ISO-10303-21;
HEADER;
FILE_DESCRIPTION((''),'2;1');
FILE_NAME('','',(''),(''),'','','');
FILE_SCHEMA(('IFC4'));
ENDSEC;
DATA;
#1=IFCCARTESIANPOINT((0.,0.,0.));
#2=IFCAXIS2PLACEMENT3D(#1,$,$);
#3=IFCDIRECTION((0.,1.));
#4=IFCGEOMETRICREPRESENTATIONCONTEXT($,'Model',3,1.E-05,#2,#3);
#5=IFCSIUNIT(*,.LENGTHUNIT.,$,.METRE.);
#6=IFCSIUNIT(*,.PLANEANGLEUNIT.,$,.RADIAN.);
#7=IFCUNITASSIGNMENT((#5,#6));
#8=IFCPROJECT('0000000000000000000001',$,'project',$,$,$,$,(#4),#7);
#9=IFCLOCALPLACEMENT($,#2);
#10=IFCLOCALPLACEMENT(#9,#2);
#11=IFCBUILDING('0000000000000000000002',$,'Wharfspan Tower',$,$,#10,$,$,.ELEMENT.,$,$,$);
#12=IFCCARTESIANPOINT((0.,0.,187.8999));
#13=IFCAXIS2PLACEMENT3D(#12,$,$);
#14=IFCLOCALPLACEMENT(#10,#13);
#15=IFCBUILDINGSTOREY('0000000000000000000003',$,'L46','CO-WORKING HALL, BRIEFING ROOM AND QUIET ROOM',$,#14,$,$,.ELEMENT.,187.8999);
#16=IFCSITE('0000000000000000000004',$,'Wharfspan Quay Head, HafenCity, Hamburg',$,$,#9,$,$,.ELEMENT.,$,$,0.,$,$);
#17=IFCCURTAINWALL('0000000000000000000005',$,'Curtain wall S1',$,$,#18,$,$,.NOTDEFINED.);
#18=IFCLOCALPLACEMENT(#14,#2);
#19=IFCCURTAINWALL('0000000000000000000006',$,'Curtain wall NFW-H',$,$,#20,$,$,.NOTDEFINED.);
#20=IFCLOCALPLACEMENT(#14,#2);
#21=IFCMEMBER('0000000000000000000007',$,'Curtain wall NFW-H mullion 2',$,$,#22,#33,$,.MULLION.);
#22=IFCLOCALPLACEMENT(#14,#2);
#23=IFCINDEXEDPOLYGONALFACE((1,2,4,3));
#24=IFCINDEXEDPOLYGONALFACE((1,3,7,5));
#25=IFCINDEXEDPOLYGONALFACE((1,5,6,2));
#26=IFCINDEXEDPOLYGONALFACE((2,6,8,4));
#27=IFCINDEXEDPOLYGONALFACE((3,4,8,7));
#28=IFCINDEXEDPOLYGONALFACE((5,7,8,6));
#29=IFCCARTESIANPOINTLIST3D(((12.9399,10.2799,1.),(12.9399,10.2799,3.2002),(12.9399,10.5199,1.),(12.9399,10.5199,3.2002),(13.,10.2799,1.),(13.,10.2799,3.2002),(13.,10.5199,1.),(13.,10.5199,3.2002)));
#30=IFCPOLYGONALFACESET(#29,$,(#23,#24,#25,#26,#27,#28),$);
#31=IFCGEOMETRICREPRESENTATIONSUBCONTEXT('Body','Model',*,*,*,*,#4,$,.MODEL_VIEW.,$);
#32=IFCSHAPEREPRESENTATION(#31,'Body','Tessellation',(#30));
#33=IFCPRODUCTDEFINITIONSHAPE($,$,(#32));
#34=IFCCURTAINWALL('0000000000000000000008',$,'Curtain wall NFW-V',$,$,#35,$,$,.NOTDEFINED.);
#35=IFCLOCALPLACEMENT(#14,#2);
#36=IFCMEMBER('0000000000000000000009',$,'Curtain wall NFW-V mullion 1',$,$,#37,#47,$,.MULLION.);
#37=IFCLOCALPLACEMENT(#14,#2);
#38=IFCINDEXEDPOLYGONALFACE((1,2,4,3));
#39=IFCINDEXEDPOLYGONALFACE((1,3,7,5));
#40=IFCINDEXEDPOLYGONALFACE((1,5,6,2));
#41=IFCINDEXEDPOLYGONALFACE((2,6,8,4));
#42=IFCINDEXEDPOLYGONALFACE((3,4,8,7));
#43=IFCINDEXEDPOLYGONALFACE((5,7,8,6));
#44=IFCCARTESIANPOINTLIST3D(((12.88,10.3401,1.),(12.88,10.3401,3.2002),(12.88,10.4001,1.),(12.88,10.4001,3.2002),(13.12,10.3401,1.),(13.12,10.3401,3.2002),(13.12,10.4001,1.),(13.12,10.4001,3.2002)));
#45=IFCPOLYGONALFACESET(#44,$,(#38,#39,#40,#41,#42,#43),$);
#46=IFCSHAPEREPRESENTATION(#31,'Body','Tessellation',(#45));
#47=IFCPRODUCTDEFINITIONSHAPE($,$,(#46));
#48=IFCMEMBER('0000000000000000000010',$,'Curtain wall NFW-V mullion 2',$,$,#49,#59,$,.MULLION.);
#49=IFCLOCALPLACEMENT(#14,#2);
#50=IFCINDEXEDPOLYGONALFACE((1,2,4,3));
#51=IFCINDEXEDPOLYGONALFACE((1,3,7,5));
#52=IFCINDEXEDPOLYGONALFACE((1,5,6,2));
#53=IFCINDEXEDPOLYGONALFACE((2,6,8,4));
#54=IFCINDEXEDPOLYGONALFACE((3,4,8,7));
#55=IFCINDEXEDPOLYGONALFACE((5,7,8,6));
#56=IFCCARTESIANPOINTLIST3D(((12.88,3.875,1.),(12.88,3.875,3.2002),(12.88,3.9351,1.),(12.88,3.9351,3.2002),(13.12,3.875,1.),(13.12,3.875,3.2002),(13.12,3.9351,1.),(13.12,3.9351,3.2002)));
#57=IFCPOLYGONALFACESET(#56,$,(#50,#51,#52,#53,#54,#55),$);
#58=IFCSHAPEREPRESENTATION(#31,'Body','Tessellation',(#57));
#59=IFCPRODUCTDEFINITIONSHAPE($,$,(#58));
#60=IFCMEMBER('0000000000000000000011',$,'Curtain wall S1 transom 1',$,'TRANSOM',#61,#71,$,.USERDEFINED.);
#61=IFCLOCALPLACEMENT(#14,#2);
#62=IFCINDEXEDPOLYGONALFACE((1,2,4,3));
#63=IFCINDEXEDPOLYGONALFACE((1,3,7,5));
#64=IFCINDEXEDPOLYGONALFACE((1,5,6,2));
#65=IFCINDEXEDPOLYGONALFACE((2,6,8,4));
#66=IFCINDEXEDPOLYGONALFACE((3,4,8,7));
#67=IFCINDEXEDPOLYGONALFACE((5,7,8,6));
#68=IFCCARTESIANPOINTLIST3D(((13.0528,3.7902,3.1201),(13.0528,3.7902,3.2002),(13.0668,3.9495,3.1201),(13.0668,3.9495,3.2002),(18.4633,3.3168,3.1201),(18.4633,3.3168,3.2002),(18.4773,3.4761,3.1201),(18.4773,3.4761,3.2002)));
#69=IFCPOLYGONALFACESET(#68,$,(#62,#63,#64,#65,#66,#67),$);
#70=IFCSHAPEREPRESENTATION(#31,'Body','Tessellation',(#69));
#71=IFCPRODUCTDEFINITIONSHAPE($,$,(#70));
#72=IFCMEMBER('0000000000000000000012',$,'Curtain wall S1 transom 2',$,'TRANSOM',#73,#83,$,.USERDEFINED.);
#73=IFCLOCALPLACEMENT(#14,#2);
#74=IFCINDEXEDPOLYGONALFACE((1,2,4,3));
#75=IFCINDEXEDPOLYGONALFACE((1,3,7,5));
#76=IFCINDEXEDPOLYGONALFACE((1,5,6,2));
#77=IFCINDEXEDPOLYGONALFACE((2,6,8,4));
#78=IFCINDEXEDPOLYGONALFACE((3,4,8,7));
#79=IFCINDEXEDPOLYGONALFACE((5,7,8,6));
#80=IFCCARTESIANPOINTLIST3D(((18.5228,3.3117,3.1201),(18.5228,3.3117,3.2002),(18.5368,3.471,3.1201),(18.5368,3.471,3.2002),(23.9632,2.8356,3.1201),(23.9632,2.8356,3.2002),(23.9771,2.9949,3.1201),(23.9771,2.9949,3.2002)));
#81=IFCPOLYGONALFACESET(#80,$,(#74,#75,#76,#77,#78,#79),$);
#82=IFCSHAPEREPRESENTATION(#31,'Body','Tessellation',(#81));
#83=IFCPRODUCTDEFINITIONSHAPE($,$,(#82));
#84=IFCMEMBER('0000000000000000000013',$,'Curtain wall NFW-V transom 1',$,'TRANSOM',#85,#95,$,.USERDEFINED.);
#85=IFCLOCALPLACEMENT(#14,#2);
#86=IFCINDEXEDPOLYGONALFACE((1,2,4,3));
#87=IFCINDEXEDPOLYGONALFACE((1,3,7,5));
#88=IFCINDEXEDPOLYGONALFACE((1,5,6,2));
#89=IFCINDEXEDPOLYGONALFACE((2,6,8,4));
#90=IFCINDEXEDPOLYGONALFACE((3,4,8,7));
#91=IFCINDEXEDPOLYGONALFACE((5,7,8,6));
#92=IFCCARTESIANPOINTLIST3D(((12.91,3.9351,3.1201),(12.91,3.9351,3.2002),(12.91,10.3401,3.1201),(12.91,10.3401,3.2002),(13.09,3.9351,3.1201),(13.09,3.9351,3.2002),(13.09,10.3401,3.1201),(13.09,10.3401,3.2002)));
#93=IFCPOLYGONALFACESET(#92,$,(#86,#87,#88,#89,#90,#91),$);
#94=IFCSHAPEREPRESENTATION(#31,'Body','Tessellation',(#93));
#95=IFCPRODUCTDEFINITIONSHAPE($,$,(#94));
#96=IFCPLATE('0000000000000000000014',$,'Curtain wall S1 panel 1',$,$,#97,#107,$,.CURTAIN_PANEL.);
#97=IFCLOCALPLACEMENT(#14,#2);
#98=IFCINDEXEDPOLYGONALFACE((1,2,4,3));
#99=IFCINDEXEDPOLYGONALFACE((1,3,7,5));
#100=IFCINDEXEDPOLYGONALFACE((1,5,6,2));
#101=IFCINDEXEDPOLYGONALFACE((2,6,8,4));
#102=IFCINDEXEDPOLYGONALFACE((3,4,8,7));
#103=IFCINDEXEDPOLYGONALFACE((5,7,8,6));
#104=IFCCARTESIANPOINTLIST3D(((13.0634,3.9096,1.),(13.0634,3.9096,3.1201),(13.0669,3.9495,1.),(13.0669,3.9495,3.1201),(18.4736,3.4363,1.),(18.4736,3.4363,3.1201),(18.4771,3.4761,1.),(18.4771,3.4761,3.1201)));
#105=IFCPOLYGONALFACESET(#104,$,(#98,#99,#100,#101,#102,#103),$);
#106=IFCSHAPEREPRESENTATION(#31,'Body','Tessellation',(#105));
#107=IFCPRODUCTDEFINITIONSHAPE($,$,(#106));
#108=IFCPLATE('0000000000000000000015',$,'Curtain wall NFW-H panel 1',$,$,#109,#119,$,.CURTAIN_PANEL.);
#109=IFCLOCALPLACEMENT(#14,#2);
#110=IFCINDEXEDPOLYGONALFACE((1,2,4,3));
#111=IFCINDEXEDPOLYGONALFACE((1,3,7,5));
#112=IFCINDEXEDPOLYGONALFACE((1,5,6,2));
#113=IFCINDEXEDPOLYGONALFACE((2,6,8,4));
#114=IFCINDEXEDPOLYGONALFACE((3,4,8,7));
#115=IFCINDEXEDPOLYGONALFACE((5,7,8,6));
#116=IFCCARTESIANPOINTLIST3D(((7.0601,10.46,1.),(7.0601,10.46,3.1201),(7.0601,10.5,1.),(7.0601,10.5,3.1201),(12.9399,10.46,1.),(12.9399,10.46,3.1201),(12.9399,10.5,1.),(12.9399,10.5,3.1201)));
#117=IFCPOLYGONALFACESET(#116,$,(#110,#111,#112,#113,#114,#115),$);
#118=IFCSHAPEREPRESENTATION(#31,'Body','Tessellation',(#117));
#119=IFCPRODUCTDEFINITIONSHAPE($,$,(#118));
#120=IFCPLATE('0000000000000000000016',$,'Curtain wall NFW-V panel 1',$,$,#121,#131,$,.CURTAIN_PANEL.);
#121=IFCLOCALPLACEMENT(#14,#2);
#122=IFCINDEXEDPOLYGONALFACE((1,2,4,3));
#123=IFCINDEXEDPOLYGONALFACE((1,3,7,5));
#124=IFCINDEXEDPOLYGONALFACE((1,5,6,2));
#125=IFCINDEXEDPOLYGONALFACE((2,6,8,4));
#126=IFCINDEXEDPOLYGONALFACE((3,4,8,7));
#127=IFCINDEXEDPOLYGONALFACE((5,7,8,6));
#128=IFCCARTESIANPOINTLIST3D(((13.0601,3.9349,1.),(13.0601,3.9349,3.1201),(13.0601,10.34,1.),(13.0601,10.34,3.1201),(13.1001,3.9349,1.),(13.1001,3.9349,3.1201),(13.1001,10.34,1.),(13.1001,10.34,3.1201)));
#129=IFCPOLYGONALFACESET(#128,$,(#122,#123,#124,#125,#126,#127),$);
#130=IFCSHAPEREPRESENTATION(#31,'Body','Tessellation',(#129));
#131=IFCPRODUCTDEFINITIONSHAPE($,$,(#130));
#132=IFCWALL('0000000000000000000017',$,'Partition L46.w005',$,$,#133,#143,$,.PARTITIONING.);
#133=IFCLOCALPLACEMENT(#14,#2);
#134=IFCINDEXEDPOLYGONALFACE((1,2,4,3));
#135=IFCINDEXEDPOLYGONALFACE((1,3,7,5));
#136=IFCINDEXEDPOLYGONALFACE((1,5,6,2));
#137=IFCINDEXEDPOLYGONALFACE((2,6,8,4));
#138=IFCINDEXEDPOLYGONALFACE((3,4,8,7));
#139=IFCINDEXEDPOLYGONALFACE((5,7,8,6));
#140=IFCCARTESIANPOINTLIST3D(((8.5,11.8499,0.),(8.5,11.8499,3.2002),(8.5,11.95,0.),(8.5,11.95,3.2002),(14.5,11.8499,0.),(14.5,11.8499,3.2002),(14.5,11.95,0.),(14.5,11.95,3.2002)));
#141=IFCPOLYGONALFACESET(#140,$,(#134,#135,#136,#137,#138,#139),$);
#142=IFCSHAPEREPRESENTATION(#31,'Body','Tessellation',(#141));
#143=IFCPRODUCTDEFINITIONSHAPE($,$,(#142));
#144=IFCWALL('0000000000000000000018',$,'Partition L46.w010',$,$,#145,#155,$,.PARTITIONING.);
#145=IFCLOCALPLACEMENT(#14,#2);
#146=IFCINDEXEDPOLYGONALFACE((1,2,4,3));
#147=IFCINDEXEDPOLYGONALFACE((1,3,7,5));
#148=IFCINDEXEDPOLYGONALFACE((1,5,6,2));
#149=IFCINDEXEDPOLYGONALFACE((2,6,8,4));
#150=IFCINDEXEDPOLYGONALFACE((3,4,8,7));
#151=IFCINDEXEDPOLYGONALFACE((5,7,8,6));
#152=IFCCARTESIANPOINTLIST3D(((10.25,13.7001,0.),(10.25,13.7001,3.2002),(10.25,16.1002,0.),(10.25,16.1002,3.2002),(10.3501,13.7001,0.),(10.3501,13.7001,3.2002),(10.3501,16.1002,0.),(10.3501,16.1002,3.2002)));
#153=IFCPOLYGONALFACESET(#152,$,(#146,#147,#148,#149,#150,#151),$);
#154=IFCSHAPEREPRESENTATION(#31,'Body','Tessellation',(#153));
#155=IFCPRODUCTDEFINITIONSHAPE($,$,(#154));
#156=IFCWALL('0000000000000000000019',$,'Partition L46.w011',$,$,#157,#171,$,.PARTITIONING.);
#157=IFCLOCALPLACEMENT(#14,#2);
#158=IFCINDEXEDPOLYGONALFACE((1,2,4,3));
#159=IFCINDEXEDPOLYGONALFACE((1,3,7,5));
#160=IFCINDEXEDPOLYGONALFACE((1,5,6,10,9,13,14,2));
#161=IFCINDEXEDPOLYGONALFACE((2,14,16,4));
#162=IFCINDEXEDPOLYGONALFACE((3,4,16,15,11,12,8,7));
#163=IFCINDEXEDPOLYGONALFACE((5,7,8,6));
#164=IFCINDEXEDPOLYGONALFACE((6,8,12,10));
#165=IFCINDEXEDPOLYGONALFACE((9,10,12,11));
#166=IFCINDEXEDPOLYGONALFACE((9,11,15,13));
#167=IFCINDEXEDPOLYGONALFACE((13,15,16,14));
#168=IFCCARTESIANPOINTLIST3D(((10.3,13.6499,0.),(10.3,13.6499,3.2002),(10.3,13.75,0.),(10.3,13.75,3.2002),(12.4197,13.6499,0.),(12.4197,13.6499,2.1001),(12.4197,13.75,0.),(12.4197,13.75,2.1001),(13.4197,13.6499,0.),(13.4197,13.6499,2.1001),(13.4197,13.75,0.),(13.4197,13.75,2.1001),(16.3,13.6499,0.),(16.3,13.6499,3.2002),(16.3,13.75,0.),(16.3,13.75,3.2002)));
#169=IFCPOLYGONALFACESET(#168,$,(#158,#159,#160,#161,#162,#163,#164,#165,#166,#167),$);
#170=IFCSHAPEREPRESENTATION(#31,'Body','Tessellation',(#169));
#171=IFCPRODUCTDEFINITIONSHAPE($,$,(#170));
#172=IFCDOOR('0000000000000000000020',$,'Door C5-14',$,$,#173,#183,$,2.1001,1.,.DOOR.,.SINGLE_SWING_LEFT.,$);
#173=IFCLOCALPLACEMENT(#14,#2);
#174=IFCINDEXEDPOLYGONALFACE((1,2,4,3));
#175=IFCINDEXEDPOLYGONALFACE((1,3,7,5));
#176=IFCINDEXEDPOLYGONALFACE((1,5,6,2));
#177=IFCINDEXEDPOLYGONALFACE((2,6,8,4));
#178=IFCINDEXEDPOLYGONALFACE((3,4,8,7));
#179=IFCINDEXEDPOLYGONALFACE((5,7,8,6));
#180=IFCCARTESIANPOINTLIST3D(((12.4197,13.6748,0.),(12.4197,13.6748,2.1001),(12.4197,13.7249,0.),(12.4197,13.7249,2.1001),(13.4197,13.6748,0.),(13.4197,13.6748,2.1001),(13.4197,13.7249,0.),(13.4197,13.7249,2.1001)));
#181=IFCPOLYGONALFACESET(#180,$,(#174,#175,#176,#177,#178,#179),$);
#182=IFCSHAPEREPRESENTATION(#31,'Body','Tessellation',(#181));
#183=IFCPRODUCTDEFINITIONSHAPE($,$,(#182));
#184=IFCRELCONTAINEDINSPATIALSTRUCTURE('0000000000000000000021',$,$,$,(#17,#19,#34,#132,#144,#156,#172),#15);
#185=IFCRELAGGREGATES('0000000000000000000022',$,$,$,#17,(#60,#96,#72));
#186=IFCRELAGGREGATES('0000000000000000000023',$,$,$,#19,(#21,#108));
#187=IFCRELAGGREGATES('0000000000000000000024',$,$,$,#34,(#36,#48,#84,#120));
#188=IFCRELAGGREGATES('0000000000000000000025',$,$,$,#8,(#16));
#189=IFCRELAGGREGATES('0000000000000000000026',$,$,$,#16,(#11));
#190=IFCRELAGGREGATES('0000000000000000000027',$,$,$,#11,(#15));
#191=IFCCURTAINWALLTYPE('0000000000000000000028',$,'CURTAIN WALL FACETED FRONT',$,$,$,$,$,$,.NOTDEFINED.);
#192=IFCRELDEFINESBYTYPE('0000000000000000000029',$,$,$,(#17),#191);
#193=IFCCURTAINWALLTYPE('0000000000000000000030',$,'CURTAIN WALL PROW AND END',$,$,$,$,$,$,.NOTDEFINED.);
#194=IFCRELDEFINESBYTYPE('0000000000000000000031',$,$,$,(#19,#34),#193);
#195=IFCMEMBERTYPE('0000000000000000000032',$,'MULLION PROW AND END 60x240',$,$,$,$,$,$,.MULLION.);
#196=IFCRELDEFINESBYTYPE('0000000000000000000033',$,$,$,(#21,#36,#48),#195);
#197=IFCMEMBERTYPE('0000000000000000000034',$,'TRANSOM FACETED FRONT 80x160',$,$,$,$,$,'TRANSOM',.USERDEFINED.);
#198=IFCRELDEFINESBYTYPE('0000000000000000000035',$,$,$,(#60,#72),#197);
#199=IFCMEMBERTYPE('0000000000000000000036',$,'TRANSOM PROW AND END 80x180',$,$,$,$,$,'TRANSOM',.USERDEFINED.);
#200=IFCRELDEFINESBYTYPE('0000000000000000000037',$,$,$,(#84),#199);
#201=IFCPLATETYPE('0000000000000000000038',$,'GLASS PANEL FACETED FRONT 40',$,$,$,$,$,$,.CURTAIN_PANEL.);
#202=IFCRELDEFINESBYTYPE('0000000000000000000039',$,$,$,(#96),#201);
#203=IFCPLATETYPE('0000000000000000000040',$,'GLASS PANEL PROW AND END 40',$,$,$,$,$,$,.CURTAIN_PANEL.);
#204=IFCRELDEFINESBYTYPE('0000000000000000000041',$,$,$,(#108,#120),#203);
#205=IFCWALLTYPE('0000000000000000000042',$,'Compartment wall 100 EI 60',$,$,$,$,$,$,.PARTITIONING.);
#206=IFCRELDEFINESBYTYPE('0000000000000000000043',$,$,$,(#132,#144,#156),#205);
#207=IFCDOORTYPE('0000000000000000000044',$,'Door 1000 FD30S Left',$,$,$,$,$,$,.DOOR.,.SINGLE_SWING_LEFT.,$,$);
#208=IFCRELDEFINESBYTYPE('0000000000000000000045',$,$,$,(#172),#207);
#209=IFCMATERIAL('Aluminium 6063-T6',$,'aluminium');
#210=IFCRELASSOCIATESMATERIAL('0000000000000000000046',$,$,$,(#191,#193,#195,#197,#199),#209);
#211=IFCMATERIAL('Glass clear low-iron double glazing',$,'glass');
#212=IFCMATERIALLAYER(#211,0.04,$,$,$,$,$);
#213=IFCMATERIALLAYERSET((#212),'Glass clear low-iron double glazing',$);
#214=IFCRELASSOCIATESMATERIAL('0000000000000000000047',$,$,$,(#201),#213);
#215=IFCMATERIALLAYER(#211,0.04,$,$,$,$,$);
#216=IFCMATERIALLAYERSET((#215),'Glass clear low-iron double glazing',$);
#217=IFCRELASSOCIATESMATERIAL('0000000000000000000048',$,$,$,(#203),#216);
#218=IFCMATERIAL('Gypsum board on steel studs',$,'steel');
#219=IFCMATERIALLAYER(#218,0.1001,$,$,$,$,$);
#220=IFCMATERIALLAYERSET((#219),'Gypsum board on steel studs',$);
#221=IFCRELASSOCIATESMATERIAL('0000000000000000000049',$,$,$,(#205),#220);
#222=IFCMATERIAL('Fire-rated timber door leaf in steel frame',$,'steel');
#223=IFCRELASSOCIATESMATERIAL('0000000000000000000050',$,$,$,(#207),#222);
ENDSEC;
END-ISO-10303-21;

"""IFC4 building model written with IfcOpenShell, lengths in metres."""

from ifc_helpers import new_model, si_unit, direction, frame, frame_2d, origin, origin_2d, place, context, subcontext, project, spatial, rectangle, extrude, material, layer, layer_set, material_profile, profile_set, type_object, element, fill, aggregate, save


model = new_model("IFC4")

# Units and contexts
model_context = context("Model", 3, precision=1e-05, world=origin(), true_north=direction((0.0, 1.0)))
body_context = subcontext(model_context, "Body", "Model", "MODEL_VIEW")
ifc_project = project(units=[si_unit("LENGTHUNIT", "METRE"), si_unit("PLANEANGLEUNIT", "RADIAN")], contexts=[model_context])

# Site, building, storey
site_placement = place(None, origin())
site = spatial("IfcSite", under=ifc_project, at=site_placement, Name="Wharfspan Quay Head, HafenCity, Hamburg", CompositionType="ELEMENT", RefElevation=0.0)
building_placement = place(site_placement, origin())
building = spatial("IfcBuilding", under=site, at=building_placement, Name="Wharfspan Tower", CompositionType="ELEMENT")
storey_placement = place(building_placement, frame((0.0, 0.0, 187.8999)))
storey = spatial("IfcBuildingStorey", under=building, at=storey_placement, Name="L46", Description="CO-WORKING HALL, BRIEFING ROOM AND QUIET ROOM", CompositionType="ELEMENT", Elevation=187.8999)

# Curtain wall
ifc_material_1 = material(Name="Aluminium 6063-T6", Category="aluminium")
curtain_wall_type_1 = type_object("IfcCurtainWallType", Name="CURTAIN WALL FACETED FRONT", PredefinedType="NOTDEFINED", material=ifc_material_1)
curtain_wall_1_placement = place(storey_placement, origin())
curtain_wall_1 = element("IfcCurtainWall", 1, at=curtain_wall_1_placement, inside=storey, type_object=curtain_wall_type_1, Name="Curtain wall S1", PredefinedType="NOTDEFINED")

# Curtain wall, member
curtain_wall_type_2 = type_object("IfcCurtainWallType", Name="CURTAIN WALL PROW AND END", PredefinedType="NOTDEFINED", material=ifc_material_1)
curtain_wall_2_placement = place(storey_placement, origin())
curtain_wall_2 = element("IfcCurtainWall", 2, at=curtain_wall_2_placement, inside=storey, type_object=curtain_wall_type_2, Name="Curtain wall NFW-H", PredefinedType="NOTDEFINED")
ifc_material_profile_1 = material_profile(ifc_material_1, rectangle(XDim=0.24, YDim=0.0601, at=origin_2d()))
ifc_profile_set_1 = profile_set([ifc_material_profile_1], Name="Aluminium 6063-T6")
member_type_1 = type_object("IfcMemberType", Name="MULLION PROW AND END 60x240", PredefinedType="MULLION", material=ifc_profile_set_1)
member_1_placement = place(storey_placement, frame((12.97, 10.3999, 1.0), z_axis=(0.0, 0.0, 1.0), x_axis=(0.0, 1.0, 0.0)))
member_1 = element("IfcMember", 3, at=member_1_placement, type_object=member_type_1, Name="Curtain wall NFW-H mullion 2", PredefinedType="MULLION", context=body_context, shape_type="SweptSolid", body=[
    extrude(rectangle(XDim=0.24, YDim=0.0601, at=origin_2d()), origin(), (0.0, 0.0, 1.0), 2.2002),
])

# Curtain wall, members
curtain_wall_3_placement = place(storey_placement, origin())
curtain_wall_3 = element("IfcCurtainWall", 4, at=curtain_wall_3_placement, inside=storey, type_object=curtain_wall_type_2, Name="Curtain wall NFW-V", PredefinedType="NOTDEFINED")
member_2_placement = place(storey_placement, frame((13.0, 10.3701, 1.0), z_axis=(0.0, 0.0, 1.0), x_axis=(1.0, 0.0, 0.0)))
member_2 = element("IfcMember", 5, at=member_2_placement, type_object=member_type_1, Name="Curtain wall NFW-V mullion 1", PredefinedType="MULLION", context=body_context, shape_type="SweptSolid", body=[
    extrude(rectangle(XDim=0.24, YDim=0.0601, at=origin_2d()), origin(), (0.0, 0.0, 1.0), 2.2002),
])
member_3_placement = place(storey_placement, frame((13.0, 3.905, 1.0), z_axis=(0.0, 0.0, 1.0), x_axis=(1.0, 0.0, 0.0)))
member_3 = element("IfcMember", 6, at=member_3_placement, type_object=member_type_1, Name="Curtain wall NFW-V mullion 2", PredefinedType="MULLION", context=body_context, shape_type="SweptSolid", body=[
    extrude(rectangle(XDim=0.24, YDim=0.0601, at=origin_2d()), origin(), (0.0, 0.0, 1.0), 2.2002),
])

# Members
ifc_material_profile_2 = material_profile(ifc_material_1, rectangle(XDim=0.1599, YDim=0.0801, at=origin_2d()))
ifc_profile_set_2 = profile_set([ifc_material_profile_2], Name="Aluminium 6063-T6")
member_type_2 = type_object("IfcMemberType", Name="TRANSOM FACETED FRONT 80x160", ElementType="TRANSOM", PredefinedType="USERDEFINED", material=ifc_profile_set_2)
member_4_placement = place(storey_placement, frame((13.0598, 3.8699, 3.1602), z_axis=(0.996194, -0.087163, 0.0), x_axis=(0.087163, 0.996194, 0.0)))
member_4 = element("IfcMember", 7, at=member_4_placement, type_object=member_type_2, Name="Curtain wall S1 transom 1", ObjectType="TRANSOM", PredefinedType="USERDEFINED", context=body_context, shape_type="SweptSolid", body=[
    extrude(rectangle(XDim=0.1599, YDim=0.0801, at=origin_2d()), origin(), (0.0, 0.0, 1.0), 5.4312),
])
member_5_placement = place(storey_placement, frame((18.5298, 3.3914, 3.1602), z_axis=(0.996193, -0.087174, 0.0), x_axis=(0.087174, 0.996193, 0.0)))
member_5 = element("IfcMember", 8, at=member_5_placement, type_object=member_type_2, Name="Curtain wall S1 transom 2", ObjectType="TRANSOM", PredefinedType="USERDEFINED", context=body_context, shape_type="SweptSolid", body=[
    extrude(rectangle(XDim=0.1599, YDim=0.0801, at=origin_2d()), origin(), (0.0, 0.0, 1.0), 5.4612),
])
ifc_material_profile_3 = material_profile(ifc_material_1, rectangle(XDim=0.1799, YDim=0.0801, at=origin_2d()))
ifc_profile_set_3 = profile_set([ifc_material_profile_3], Name="Aluminium 6063-T6")
member_type_3 = type_object("IfcMemberType", Name="TRANSOM PROW AND END 80x180", ElementType="TRANSOM", PredefinedType="USERDEFINED", material=ifc_profile_set_3)
member_6_placement = place(storey_placement, frame((13.0, 10.3401, 3.1602), z_axis=(0.0, -1.0, 0.0), x_axis=(1.0, 0.0, 0.0)))
member_6 = element("IfcMember", 9, at=member_6_placement, type_object=member_type_3, Name="Curtain wall NFW-V transom 1", ObjectType="TRANSOM", PredefinedType="USERDEFINED", context=body_context, shape_type="SweptSolid", body=[
    extrude(rectangle(XDim=0.1799, YDim=0.0801, at=origin_2d()), origin(), (0.0, 0.0, 1.0), 6.405),
])

# Plates
ifc_material_2 = material(Name="Glass clear low-iron double glazing", Category="glass")
ifc_layer_1 = layer(ifc_material_2, 0.04)
ifc_layer_set_1 = layer_set([ifc_layer_1], Name="Glass clear low-iron double glazing")
plate_type_1 = type_object("IfcPlateType", Name="GLASS PANEL FACETED FRONT 40", PredefinedType="CURTAIN_PANEL", material=ifc_layer_set_1)
plate_1_placement = place(storey_placement, frame((15.7703, 3.6929, 1.0), z_axis=(0.0, 0.0, 1.0), x_axis=(0.996198, -0.087156, 0.0)))
plate_1 = element("IfcPlate", 10, at=plate_1_placement, type_object=plate_type_1, Name="Curtain wall S1 panel 1", PredefinedType="CURTAIN_PANEL", context=body_context, shape_type="SweptSolid", body=[
    extrude(rectangle(XDim=5.4309, YDim=0.04, at=origin_2d()), origin(), (0.0, 0.0, 1.0), 2.1201),
])
aggregate(curtain_wall_1, [member_4, plate_1, member_5])
ifc_layer_2 = layer(ifc_material_2, 0.04)
ifc_layer_set_2 = layer_set([ifc_layer_2], Name="Glass clear low-iron double glazing")
plate_type_2 = type_object("IfcPlateType", Name="GLASS PANEL PROW AND END 40", PredefinedType="CURTAIN_PANEL", material=ifc_layer_set_2)
plate_2_placement = place(storey_placement, frame((10.0, 10.48, 1.0), z_axis=(0.0, 0.0, 1.0), x_axis=(1.0, 0.0, 0.0)))
plate_2 = element("IfcPlate", 11, at=plate_2_placement, type_object=plate_type_2, Name="Curtain wall NFW-H panel 1", PredefinedType="CURTAIN_PANEL", context=body_context, shape_type="SweptSolid", body=[
    extrude(rectangle(XDim=5.8799, YDim=0.04, at=origin_2d()), origin(), (0.0, 0.0, 1.0), 2.1201),
])
aggregate(curtain_wall_2, [member_1, plate_2])
plate_3_placement = place(storey_placement, frame((13.0801, 7.1375, 1.0), z_axis=(0.0, 0.0, 1.0), x_axis=(0.0, -1.0, 0.0)))
plate_3 = element("IfcPlate", 12, at=plate_3_placement, type_object=plate_type_2, Name="Curtain wall NFW-V panel 1", PredefinedType="CURTAIN_PANEL", context=body_context, shape_type="SweptSolid", body=[
    extrude(rectangle(XDim=6.405, YDim=0.04, at=origin_2d()), origin(), (0.0, 0.0, 1.0), 2.1201),
])
aggregate(curtain_wall_3, [member_2, member_3, member_6, plate_3])

# Walls
ifc_material_3 = material(Name="Gypsum board on steel studs", Category="steel")
ifc_layer_3 = layer(ifc_material_3, 0.1001)
ifc_layer_set_3 = layer_set([ifc_layer_3], Name="Gypsum board on steel studs")
wall_type_1 = type_object("IfcWallType", Name="Compartment wall 100 EI 60", PredefinedType="PARTITIONING", material=ifc_layer_set_3)
wall_1_placement = place(storey_placement, frame((8.5, 11.8999, 0.0), z_axis=(0.0, 0.0, 1.0), x_axis=(1.0, 0.0, 0.0)))
element("IfcWall", 13, at=wall_1_placement, inside=storey, type_object=wall_type_1, Name="Partition L46.w005", PredefinedType="PARTITIONING", context=body_context, shape_type="SweptSolid", body=[
    extrude(rectangle(XDim=6.0, YDim=0.1001, at=frame_2d((3.0, 0.0))), origin(), (0.0, 0.0, 1.0), 3.2002),
])
wall_2_placement = place(storey_placement, frame((10.3, 13.7, 0.0), z_axis=(0.0, 0.0, 1.0), x_axis=(0.0, 1.0, 0.0)))
element("IfcWall", 14, at=wall_2_placement, inside=storey, type_object=wall_type_1, Name="Partition L46.w010", PredefinedType="PARTITIONING", context=body_context, shape_type="SweptSolid", body=[
    extrude(rectangle(XDim=2.4001, YDim=0.1001, at=frame_2d((1.2002, 0.0))), origin(), (0.0, 0.0, 1.0), 3.2002),
])

# Wall, opening, door
wall_3_placement = place(storey_placement, frame((10.3, 13.7, 0.0), z_axis=(0.0, 0.0, 1.0), x_axis=(1.0, 0.0, 0.0)))
wall_3 = element("IfcWall", 15, at=wall_3_placement, inside=storey, type_object=wall_type_1, Name="Partition L46.w011", PredefinedType="PARTITIONING", context=body_context, shape_type="SweptSolid", body=[
    extrude(rectangle(XDim=6.0, YDim=0.1001, at=frame_2d((3.0, 0.0))), origin(), (0.0, 0.0, 1.0), 3.2002),
])
opening_placement = place(wall_3_placement, frame((2.1196, 0.0, 0.0)))
opening = element("IfcOpeningElement", 16, at=opening_placement, cuts=wall_3, PredefinedType="OPENING", context=body_context, shape_type="SweptSolid", body=[
    extrude(rectangle(XDim=1.0, YDim=2.1001, at=frame_2d((0.5, 1.05))), frame((0.0, 0.0601, 0.0), z_axis=(0.0, -1.0, 0.0), x_axis=(1.0, 0.0, 0.0)), (0.0, 0.0, 1.0), 0.1201),
])
ifc_material_4 = material(Name="Fire-rated timber door leaf in steel frame", Category="steel")
door_type = type_object("IfcDoorType", Name="Door 1000 FD30S Left", OperationType="SINGLE_SWING_LEFT", PredefinedType="DOOR", material=ifc_material_4)
door_placement = place(opening_placement, origin())
door = element("IfcDoor", 17, at=door_placement, inside=storey, type_object=door_type, Name="Door C5-14", OperationType="SINGLE_SWING_LEFT", OverallHeight=2.1001, OverallWidth=1.0, PredefinedType="DOOR", context=body_context, shape_type="SweptSolid", body=[
    extrude(rectangle(XDim=1.0, YDim=2.1001, at=frame_2d((0.5, 1.05))), frame((0.0, 0.0249, 0.0), z_axis=(0.0, -1.0, 0.0), x_axis=(1.0, 0.0, 0.0)), (0.0, 0.0, 1.0), 0.05),
])
fill(opening, door)

save(model, "model.ifc")
